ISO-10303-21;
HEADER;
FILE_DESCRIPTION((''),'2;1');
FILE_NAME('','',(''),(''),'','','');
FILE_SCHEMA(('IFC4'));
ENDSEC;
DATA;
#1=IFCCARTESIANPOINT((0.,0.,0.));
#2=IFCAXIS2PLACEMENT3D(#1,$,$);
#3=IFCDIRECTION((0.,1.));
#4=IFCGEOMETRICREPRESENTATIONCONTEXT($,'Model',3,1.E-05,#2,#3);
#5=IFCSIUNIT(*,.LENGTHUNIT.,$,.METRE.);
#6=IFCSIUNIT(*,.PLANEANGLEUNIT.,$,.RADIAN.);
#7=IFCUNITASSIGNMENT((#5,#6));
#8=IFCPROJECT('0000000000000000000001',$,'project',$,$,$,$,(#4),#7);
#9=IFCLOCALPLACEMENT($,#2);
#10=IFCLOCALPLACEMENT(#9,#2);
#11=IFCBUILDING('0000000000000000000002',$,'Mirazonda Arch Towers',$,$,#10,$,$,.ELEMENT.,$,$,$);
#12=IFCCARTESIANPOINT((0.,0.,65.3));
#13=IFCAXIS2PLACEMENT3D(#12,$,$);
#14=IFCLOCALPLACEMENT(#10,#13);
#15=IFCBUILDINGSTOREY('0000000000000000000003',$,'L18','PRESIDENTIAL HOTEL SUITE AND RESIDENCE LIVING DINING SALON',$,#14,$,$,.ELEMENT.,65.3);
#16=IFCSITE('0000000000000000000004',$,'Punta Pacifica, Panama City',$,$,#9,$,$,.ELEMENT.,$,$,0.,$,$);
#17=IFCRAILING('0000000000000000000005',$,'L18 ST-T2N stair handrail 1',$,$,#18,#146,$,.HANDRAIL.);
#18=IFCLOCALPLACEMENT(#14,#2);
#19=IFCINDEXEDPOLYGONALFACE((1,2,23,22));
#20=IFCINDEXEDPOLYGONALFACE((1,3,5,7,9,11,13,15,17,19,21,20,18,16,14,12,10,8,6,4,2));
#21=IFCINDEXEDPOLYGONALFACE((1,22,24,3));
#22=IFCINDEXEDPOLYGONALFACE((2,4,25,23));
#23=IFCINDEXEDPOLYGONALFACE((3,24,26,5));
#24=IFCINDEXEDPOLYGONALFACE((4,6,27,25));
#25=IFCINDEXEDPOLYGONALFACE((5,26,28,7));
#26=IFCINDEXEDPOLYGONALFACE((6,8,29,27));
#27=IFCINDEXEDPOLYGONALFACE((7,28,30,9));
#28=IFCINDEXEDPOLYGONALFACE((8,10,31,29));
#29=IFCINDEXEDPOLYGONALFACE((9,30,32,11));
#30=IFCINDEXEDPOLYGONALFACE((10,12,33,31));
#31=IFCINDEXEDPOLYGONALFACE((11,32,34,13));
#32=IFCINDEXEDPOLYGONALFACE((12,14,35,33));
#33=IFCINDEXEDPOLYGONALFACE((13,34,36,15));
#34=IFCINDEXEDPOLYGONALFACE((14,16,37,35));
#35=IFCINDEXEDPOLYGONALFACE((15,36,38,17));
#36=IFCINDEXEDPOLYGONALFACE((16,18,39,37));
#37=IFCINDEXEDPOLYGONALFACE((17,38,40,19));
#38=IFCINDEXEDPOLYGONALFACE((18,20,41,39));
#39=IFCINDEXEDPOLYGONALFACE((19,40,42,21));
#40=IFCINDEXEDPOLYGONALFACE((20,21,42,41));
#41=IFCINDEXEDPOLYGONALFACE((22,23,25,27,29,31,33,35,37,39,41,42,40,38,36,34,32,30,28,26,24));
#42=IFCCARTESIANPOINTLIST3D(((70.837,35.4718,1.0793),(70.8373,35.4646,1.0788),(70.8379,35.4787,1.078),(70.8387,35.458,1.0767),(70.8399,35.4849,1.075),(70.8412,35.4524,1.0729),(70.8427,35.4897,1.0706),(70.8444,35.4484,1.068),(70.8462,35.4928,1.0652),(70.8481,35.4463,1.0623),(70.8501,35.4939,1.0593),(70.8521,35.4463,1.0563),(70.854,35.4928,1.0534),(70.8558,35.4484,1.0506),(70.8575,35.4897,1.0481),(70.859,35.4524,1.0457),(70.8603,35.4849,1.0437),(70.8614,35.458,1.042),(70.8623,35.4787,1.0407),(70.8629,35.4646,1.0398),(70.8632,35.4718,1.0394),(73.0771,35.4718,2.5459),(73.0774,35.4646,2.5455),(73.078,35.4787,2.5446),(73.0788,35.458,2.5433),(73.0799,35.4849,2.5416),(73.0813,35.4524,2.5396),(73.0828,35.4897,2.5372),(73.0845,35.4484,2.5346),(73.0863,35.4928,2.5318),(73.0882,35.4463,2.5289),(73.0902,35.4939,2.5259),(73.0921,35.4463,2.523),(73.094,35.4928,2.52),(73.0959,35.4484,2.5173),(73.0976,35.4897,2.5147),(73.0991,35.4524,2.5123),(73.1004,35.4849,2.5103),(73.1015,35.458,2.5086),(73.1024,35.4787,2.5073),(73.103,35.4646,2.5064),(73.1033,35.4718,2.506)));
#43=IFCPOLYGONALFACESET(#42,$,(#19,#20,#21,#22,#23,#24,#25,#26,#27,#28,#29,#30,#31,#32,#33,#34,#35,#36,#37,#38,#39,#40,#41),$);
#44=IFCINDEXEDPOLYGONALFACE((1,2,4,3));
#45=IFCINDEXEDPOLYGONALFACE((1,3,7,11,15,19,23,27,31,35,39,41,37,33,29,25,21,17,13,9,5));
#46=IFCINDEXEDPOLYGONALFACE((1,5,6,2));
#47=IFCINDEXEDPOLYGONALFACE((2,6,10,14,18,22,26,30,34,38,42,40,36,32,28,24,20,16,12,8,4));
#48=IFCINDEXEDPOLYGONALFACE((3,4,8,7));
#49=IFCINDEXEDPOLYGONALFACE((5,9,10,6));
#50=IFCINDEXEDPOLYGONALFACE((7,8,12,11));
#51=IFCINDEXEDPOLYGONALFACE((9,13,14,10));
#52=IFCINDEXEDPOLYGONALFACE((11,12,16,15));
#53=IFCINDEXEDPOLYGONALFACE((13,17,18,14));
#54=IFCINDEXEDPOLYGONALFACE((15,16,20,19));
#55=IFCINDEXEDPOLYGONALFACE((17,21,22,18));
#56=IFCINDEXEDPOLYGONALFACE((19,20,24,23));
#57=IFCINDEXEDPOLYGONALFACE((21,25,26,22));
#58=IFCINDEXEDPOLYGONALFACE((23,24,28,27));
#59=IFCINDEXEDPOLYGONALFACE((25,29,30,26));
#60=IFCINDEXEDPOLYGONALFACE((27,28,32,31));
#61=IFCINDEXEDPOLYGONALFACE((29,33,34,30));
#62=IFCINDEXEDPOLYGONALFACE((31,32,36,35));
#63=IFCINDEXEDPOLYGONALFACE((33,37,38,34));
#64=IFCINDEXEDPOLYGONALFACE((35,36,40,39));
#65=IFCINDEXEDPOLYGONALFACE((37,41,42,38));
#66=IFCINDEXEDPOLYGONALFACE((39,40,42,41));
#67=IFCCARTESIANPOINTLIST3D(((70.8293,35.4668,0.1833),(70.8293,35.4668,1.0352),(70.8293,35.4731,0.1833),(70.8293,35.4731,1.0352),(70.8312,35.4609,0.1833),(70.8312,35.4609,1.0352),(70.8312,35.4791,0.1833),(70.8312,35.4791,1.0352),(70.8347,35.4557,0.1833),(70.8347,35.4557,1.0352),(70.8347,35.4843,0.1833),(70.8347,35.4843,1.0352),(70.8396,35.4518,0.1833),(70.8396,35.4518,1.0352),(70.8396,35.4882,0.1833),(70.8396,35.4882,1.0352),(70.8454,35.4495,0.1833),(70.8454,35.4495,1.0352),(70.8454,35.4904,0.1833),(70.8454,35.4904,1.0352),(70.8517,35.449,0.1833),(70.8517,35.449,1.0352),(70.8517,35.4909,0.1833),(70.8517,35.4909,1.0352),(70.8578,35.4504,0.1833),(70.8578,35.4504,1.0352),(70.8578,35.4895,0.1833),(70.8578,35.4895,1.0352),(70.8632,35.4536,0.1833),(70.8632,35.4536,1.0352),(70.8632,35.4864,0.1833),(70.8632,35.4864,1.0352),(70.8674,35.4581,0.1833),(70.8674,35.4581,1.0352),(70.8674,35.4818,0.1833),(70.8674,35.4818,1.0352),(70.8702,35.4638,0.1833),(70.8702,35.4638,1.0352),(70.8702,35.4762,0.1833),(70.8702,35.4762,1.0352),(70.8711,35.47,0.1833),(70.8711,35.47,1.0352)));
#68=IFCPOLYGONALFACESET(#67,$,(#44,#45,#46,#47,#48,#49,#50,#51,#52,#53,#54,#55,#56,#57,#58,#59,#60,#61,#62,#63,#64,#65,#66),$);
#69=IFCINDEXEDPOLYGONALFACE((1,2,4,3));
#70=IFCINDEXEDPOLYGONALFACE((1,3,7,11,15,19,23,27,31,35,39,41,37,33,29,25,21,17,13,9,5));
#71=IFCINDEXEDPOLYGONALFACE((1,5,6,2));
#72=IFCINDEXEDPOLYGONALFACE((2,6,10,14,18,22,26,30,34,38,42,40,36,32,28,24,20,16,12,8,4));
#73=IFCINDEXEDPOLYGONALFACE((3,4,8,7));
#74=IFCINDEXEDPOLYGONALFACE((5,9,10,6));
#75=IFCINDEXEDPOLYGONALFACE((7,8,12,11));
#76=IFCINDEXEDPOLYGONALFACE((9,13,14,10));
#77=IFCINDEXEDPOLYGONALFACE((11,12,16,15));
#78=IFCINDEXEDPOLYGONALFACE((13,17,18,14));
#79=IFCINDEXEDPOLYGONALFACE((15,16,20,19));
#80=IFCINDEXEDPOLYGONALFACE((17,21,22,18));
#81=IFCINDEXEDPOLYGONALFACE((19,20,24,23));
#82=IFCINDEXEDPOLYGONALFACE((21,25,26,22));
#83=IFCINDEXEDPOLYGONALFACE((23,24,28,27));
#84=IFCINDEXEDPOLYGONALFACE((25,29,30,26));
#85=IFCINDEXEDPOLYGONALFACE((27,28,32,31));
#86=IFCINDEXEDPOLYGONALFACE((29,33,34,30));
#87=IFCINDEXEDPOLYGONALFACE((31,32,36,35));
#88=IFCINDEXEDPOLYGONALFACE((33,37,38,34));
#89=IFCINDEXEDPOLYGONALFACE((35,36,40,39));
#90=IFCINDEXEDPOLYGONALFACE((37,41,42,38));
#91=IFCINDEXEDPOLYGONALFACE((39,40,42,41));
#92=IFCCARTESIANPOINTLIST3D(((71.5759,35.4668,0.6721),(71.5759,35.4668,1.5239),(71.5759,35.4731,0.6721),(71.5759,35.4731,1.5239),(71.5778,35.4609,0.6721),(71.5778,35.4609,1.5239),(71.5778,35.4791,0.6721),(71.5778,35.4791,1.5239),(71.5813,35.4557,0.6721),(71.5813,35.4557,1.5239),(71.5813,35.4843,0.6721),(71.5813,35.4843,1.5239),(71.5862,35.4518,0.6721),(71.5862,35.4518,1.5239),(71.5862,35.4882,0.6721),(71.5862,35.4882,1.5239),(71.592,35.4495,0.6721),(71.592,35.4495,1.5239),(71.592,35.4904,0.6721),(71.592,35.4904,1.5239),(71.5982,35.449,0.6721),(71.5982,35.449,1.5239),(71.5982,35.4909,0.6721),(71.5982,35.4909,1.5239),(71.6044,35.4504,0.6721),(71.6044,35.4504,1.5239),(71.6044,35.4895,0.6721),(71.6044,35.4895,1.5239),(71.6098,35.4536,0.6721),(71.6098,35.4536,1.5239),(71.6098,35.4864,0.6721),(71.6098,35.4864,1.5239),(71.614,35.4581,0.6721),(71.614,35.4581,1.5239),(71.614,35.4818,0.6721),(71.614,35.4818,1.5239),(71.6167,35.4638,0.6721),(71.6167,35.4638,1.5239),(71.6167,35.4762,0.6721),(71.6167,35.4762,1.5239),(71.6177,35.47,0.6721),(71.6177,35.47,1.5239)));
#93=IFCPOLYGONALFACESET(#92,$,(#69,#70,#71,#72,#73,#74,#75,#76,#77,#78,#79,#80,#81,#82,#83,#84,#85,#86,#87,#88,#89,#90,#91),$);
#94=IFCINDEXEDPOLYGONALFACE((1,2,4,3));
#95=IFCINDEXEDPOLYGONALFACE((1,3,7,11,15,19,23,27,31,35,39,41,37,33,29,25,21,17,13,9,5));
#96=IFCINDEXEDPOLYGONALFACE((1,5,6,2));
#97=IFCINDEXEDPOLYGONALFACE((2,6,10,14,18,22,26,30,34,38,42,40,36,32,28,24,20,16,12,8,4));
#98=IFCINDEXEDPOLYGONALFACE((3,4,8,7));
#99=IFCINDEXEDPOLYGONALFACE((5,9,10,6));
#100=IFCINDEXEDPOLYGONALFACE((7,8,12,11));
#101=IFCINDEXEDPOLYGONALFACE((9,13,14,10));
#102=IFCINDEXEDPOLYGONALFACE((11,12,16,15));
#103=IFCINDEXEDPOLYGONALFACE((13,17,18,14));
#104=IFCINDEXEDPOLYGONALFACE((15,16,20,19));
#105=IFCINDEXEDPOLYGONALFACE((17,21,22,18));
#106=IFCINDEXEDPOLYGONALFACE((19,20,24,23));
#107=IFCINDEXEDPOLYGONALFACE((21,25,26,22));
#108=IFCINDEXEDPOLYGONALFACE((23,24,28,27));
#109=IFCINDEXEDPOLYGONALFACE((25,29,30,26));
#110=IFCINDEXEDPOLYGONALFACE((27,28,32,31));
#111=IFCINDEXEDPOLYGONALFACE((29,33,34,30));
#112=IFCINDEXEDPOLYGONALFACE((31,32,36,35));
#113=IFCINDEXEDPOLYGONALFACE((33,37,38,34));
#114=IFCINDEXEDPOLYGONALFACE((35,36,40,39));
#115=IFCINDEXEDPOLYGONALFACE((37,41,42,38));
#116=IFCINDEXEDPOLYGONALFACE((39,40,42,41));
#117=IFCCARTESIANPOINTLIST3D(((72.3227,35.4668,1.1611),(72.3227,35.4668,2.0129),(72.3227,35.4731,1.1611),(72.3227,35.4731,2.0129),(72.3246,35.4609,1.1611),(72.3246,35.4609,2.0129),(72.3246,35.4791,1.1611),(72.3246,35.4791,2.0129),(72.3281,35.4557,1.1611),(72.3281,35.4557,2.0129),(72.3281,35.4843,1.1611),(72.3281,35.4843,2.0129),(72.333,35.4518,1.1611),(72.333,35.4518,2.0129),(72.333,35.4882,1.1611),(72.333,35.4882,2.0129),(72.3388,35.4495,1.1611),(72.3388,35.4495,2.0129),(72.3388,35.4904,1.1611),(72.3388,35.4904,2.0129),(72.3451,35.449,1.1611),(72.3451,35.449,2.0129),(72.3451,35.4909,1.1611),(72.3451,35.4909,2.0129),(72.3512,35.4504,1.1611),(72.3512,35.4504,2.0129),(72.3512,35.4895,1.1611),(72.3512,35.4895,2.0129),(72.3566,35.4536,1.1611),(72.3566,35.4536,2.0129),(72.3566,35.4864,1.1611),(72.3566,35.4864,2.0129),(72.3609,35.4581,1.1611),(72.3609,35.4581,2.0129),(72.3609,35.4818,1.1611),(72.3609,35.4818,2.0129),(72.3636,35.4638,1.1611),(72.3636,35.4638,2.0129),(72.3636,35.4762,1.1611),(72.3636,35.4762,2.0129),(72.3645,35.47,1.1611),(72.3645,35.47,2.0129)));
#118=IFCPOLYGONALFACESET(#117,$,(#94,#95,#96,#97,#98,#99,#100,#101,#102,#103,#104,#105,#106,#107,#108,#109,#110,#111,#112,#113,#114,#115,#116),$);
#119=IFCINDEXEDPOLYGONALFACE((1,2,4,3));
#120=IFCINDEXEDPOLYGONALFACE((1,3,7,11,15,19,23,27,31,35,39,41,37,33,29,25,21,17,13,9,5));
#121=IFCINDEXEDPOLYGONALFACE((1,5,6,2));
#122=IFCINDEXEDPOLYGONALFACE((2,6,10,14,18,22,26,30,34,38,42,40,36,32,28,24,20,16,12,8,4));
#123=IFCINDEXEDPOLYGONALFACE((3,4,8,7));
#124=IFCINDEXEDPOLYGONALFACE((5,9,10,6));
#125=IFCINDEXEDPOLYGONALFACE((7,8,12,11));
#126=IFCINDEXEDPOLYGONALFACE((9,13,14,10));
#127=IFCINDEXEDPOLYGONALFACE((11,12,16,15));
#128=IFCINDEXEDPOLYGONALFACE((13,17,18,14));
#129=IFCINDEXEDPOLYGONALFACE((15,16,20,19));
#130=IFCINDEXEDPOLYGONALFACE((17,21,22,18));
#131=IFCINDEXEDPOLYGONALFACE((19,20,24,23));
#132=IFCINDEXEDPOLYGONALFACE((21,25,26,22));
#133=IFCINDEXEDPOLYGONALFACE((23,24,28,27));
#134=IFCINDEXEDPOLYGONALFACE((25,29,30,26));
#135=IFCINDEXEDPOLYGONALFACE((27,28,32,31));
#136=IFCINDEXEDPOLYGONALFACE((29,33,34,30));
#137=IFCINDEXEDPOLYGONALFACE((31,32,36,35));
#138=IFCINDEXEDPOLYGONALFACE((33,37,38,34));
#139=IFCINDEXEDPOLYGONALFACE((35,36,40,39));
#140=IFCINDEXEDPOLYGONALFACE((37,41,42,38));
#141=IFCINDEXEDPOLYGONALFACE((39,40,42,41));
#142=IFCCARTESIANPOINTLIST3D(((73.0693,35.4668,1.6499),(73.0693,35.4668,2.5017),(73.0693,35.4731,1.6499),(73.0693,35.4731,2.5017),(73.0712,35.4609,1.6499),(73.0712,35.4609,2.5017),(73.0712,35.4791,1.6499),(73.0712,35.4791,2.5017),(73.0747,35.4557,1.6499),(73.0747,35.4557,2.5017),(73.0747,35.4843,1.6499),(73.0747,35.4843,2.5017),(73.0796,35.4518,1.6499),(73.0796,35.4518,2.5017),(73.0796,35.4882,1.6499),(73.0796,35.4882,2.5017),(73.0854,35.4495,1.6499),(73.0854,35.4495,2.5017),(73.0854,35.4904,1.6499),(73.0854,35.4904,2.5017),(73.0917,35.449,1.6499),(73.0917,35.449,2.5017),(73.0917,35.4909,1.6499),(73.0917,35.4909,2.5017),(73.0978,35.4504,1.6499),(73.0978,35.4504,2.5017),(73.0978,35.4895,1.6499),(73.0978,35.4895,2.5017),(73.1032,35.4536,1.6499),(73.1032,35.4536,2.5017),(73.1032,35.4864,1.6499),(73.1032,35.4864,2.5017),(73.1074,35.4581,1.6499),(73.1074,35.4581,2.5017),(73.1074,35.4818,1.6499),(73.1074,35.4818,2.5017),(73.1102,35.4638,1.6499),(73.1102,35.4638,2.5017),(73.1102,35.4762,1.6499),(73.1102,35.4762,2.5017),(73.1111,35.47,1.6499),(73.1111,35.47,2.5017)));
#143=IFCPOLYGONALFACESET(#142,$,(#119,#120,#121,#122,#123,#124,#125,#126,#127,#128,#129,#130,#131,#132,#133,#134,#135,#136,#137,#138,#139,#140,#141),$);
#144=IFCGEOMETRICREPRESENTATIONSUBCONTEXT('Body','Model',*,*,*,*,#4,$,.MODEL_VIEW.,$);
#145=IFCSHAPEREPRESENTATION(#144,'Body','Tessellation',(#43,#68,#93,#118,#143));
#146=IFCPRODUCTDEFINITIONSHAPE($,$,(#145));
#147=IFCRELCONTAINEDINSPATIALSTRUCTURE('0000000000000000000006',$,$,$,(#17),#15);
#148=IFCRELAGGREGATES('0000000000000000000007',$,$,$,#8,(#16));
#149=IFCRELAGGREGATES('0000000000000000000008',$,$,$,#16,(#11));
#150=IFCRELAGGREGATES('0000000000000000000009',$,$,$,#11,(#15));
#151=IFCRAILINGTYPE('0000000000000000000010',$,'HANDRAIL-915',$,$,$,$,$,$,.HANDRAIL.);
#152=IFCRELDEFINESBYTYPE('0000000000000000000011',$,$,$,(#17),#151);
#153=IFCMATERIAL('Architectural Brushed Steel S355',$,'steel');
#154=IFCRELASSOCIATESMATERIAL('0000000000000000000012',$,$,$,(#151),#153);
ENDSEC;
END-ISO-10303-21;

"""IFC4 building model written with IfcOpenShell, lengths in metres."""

from ifc_helpers import new_model, si_unit, direction, frame, origin, origin_2d, place, context, subcontext, project, spatial, circle, extrude, material, type_object, element, save


model = new_model("IFC4")

# Units and contexts
model_context = context("Model", 3, precision=1e-05, world=origin(), true_north=direction((0.0, 1.0)))
body_context = subcontext(model_context, "Body", "Model", "MODEL_VIEW")
ifc_project = project(units=[si_unit("LENGTHUNIT", "METRE"), si_unit("PLANEANGLEUNIT", "RADIAN")], contexts=[model_context])

# Site, building, storey
site_placement = place(None, origin())
site = spatial("IfcSite", under=ifc_project, at=site_placement, Name="Punta Pacifica, Panama City", CompositionType="ELEMENT", RefElevation=0.0)
building_placement = place(site_placement, origin())
building = spatial("IfcBuilding", under=site, at=building_placement, Name="Mirazonda Arch Towers", CompositionType="ELEMENT")
storey_placement = place(building_placement, frame((0.0, 0.0, 65.3)))
storey = spatial("IfcBuildingStorey", under=building, at=storey_placement, Name="L18", Description="PRESIDENTIAL HOTEL SUITE AND RESIDENCE LIVING DINING SALON", CompositionType="ELEMENT", Elevation=65.3)

# Shared definitions
ifc_material_1 = material(Name="Architectural Brushed Steel S355", Category="steel")

# Railing
railing_type = type_object("IfcRailingType", Name="HANDRAIL-915", PredefinedType="HANDRAIL", material=ifc_material_1)
railing_placement = place(storey_placement, frame((70.8501, 35.47, 0.1833)))
element("IfcRailing", 1, at=railing_placement, inside=storey, type_object=railing_type, Name="L18 ST-T2N stair handrail 1", PredefinedType="HANDRAIL", context=body_context, shape_type="SweptSolid", body=[
    extrude(circle(Radius=0.0239, at=origin_2d()), frame((0.0, 0.0, 0.876), z_axis=(0.836637, 0.0, 0.547758), x_axis=(0.0, 1.0, 0.0)), (0.0, 0.0, 1.0), 2.6775),
    extrude(circle(Radius=0.021, at=origin_2d()), origin(), (0.0, 0.0, 1.0), 0.8518),
    extrude(circle(Radius=0.021, at=origin_2d()), frame((0.7466, 0.0, 0.4888)), (0.0, 0.0, 1.0), 0.8518),
    extrude(circle(Radius=0.021, at=origin_2d()), frame((1.4934, 0.0, 0.9778)), (0.0, 0.0, 1.0), 0.8518),
    extrude(circle(Radius=0.021, at=origin_2d()), frame((2.24, 0.0, 1.4666)), (0.0, 0.0, 1.0), 0.8518),
])

save(model, "model.ifc")
